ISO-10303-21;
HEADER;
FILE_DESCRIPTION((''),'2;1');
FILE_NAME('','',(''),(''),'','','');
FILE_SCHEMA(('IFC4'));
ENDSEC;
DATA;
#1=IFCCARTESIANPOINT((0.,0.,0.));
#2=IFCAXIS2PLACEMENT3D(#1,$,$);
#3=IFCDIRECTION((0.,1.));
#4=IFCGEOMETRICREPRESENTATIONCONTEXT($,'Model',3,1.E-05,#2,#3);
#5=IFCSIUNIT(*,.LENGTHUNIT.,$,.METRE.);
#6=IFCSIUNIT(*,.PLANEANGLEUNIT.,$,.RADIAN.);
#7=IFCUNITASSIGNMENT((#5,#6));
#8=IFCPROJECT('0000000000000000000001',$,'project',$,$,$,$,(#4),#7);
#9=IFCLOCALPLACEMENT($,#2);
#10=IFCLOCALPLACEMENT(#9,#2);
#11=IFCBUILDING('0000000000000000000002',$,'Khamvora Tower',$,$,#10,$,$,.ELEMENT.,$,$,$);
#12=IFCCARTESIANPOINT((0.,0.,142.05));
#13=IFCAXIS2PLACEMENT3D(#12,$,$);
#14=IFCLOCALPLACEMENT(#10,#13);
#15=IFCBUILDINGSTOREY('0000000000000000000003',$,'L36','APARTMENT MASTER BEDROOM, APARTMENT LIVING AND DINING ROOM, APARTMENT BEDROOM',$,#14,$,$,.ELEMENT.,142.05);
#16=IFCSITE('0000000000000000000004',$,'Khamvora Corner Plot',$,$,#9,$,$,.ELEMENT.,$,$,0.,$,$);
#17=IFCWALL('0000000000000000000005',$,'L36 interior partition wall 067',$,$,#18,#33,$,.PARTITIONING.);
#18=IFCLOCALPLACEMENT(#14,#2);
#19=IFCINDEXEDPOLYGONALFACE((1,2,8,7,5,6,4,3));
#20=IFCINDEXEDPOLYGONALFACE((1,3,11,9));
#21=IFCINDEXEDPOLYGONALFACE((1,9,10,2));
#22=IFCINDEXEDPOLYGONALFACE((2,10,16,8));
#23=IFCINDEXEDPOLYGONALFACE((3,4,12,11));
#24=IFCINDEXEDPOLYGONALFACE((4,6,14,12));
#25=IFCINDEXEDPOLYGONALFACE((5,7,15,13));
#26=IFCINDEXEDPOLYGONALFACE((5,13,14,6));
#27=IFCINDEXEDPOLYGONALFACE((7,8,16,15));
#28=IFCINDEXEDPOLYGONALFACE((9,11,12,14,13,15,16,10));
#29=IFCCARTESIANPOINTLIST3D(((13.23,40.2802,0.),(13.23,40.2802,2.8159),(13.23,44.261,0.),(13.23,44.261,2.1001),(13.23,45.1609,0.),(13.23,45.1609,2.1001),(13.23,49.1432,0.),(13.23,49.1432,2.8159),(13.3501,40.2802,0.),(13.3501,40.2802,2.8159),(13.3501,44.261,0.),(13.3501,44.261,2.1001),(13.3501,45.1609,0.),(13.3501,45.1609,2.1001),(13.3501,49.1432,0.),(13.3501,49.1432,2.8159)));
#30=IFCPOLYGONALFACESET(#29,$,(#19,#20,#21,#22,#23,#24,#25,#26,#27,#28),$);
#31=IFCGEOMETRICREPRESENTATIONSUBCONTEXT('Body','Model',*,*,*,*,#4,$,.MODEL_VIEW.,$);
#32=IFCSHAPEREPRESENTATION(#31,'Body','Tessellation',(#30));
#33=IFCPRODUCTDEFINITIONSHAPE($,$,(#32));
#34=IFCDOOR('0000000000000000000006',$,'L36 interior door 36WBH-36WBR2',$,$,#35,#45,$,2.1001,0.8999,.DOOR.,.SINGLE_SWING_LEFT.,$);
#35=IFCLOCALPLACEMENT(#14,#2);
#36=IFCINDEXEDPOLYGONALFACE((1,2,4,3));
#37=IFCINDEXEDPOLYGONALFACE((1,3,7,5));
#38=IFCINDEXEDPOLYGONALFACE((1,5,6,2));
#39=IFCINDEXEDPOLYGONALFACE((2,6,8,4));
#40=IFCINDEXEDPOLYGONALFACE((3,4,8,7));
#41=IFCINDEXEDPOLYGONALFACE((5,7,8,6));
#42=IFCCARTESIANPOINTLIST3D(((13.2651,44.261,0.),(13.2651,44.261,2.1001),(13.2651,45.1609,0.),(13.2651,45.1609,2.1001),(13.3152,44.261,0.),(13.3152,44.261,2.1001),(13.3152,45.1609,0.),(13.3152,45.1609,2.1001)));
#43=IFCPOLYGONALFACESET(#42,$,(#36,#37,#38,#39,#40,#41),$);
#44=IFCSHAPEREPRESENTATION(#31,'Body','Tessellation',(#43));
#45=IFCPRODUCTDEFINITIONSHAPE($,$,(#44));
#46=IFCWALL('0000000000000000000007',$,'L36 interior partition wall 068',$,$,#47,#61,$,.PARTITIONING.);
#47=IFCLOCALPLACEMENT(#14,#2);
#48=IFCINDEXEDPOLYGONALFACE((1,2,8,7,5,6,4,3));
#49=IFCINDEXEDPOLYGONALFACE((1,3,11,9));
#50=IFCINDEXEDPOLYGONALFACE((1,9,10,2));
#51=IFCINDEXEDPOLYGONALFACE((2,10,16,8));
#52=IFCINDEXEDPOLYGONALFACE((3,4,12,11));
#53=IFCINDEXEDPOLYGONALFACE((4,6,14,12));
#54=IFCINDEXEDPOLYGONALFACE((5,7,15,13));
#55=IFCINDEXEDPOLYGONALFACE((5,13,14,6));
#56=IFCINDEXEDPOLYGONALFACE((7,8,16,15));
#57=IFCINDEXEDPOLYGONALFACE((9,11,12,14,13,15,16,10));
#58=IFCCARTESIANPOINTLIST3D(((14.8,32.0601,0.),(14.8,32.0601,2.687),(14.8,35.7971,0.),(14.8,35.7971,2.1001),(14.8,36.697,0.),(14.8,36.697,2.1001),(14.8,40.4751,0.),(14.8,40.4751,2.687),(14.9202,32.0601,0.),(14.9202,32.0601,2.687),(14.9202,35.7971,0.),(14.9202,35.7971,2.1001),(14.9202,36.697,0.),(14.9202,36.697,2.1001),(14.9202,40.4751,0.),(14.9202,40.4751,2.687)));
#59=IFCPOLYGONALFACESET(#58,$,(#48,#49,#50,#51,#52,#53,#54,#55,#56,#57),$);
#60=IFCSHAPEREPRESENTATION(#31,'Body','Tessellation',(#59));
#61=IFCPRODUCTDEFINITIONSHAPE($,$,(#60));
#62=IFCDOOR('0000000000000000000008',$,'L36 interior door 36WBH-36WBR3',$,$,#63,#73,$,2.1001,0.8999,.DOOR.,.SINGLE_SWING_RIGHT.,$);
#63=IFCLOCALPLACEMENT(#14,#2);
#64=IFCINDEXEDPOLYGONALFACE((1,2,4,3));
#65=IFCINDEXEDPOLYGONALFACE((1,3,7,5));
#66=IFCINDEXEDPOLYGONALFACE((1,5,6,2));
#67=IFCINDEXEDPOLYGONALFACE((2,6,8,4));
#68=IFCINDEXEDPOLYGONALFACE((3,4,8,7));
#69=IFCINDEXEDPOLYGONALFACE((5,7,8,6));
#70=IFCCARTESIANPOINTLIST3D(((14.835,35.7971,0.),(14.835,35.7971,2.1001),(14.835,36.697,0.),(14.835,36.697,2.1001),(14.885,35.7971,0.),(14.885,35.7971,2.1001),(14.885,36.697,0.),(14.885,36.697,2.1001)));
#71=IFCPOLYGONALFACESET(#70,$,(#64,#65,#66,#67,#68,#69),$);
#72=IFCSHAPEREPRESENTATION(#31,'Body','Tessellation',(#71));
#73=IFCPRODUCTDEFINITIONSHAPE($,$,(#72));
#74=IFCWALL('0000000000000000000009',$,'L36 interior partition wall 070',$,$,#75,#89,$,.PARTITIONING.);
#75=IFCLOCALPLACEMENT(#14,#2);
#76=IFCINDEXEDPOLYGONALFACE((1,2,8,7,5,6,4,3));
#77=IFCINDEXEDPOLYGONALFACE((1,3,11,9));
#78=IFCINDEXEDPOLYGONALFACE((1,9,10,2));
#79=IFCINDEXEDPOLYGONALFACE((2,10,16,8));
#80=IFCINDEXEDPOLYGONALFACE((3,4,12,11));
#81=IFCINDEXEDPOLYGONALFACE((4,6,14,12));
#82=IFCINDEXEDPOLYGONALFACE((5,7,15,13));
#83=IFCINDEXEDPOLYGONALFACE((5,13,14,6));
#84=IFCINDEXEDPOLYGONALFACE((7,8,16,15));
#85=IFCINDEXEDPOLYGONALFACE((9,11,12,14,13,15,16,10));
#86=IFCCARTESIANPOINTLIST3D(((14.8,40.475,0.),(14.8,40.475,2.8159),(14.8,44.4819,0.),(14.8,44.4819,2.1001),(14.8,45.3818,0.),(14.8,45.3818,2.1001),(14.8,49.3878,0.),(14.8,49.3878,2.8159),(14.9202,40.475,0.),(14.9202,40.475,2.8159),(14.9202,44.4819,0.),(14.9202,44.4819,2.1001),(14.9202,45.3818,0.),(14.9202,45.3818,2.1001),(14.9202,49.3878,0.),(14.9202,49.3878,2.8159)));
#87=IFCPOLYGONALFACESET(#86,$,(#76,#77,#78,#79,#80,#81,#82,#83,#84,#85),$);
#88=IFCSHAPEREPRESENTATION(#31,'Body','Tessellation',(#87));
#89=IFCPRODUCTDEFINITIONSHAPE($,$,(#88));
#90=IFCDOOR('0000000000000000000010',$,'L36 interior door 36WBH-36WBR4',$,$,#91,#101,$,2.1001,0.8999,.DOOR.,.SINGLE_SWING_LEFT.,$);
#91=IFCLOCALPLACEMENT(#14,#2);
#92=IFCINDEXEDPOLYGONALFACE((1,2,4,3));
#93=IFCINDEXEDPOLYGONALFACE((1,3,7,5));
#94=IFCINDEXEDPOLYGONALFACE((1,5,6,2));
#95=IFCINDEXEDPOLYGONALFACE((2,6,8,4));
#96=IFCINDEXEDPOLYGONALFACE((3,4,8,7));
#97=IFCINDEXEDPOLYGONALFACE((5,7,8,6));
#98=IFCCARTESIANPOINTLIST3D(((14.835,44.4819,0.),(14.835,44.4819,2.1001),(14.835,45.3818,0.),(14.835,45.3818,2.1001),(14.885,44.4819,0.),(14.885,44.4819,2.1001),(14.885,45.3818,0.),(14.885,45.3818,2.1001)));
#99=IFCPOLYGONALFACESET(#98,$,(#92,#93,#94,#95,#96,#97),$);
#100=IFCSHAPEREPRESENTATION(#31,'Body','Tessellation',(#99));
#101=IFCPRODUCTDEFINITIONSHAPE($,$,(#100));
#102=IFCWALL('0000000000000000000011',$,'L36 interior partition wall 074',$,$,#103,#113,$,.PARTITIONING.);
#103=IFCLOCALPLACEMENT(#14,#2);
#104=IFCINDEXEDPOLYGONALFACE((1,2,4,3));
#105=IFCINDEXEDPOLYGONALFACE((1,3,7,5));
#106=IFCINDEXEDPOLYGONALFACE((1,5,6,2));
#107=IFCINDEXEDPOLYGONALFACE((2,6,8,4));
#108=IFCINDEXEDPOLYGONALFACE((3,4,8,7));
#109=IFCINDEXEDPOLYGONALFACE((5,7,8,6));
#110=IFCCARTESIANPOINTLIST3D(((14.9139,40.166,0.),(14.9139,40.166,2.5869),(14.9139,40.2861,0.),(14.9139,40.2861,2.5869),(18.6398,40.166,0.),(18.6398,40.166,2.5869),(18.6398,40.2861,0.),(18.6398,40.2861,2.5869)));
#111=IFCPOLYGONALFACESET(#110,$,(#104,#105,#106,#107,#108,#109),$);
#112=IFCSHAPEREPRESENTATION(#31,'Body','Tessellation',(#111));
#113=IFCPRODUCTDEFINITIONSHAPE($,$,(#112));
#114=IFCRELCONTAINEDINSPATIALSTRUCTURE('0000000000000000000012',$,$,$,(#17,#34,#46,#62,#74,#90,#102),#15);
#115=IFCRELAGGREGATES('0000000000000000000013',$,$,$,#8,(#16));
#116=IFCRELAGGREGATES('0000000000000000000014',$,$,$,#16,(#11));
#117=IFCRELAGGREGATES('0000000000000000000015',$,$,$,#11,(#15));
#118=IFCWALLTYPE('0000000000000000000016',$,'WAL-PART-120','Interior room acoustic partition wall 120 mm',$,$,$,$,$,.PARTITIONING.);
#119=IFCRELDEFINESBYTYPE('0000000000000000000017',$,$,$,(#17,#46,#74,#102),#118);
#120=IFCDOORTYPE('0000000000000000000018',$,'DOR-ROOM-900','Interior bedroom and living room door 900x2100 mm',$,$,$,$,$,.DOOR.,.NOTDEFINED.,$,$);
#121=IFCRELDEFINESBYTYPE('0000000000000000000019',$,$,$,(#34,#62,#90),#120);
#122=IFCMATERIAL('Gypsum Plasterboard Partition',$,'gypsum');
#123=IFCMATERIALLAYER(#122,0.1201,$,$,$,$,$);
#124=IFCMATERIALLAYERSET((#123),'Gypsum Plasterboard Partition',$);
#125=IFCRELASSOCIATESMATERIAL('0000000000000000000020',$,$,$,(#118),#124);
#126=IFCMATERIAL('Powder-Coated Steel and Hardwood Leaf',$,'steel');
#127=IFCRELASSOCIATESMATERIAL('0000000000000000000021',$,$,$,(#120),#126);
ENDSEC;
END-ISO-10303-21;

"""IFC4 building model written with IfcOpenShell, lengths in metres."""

from ifc_helpers import new_model, si_unit, direction, frame, frame_2d, origin, place, context, subcontext, project, spatial, rectangle, extrude, material, layer, layer_set, type_object, element, fill, save


model = new_model("IFC4")

# Units and contexts
model_context = context("Model", 3, precision=1e-05, world=origin(), true_north=direction((0.0, 1.0)))
body_context = subcontext(model_context, "Body", "Model", "MODEL_VIEW")
ifc_project = project(units=[si_unit("LENGTHUNIT", "METRE"), si_unit("PLANEANGLEUNIT", "RADIAN")], contexts=[model_context])

# Site, building, storey
site_placement = place(None, origin())
site = spatial("IfcSite", under=ifc_project, at=site_placement, Name="Khamvora Corner Plot", CompositionType="ELEMENT", RefElevation=0.0)
building_placement = place(site_placement, origin())
building = spatial("IfcBuilding", under=site, at=building_placement, Name="Khamvora Tower", CompositionType="ELEMENT")
storey_placement = place(building_placement, frame((0.0, 0.0, 142.05)))
storey = spatial("IfcBuildingStorey", under=building, at=storey_placement, Name="L36", Description="APARTMENT MASTER BEDROOM, APARTMENT LIVING AND DINING ROOM, APARTMENT BEDROOM", CompositionType="ELEMENT", Elevation=142.05)

# Walls, openings, doors
ifc_material_1 = material(Name="Gypsum Plasterboard Partition", Category="gypsum")
ifc_layer_1 = layer(ifc_material_1, 0.1201)
ifc_layer_set_1 = layer_set([ifc_layer_1], Name="Gypsum Plasterboard Partition")
wall_type_1 = type_object("IfcWallType", Name="WAL-PART-120", Description="Interior room acoustic partition wall 120 mm", PredefinedType="PARTITIONING", material=ifc_layer_set_1)
wall_1_placement = place(storey_placement, frame((13.29, 40.28, 0.0), z_axis=(0.0, 0.0, 1.0), x_axis=(0.0, 1.0, 0.0)))
wall_1 = element("IfcWall", 1, at=wall_1_placement, inside=storey, type_object=wall_type_1, Name="L36 interior partition wall 067", PredefinedType="PARTITIONING", context=body_context, shape_type="SweptSolid", body=[
    extrude(rectangle(XDim=8.863, YDim=0.1201, at=frame_2d((4.4316, 0.0))), origin(), (0.0, 0.0, 1.0), 2.8159),
])
opening_1_placement = place(wall_1_placement, frame((3.981, 0.0, 0.0)))
opening_1 = element("IfcOpeningElement", 2, at=opening_1_placement, cuts=wall_1, PredefinedType="OPENING", context=body_context, shape_type="SweptSolid", body=[
    extrude(rectangle(XDim=0.8999, YDim=2.1001, at=frame_2d((0.45, 1.05))), frame((0.0, 0.0701, 0.0), z_axis=(0.0, -1.0, 0.0), x_axis=(1.0, 0.0, 0.0)), (0.0, 0.0, 1.0), 0.1401),
])
ifc_material_2 = material(Name="Powder-Coated Steel and Hardwood Leaf", Category="steel")
door_type = type_object("IfcDoorType", Name="DOR-ROOM-900", Description="Interior bedroom and living room door 900x2100 mm", OperationType="NOTDEFINED", PredefinedType="DOOR", material=ifc_material_2)
door_1_placement = place(opening_1_placement, origin())
door_1 = element("IfcDoor", 3, at=door_1_placement, inside=storey, type_object=door_type, Name="L36 interior door 36WBH-36WBR2", OperationType="SINGLE_SWING_LEFT", OverallHeight=2.1001, OverallWidth=0.8999, PredefinedType="DOOR", context=body_context, shape_type="SweptSolid", body=[
    extrude(rectangle(XDim=0.8999, YDim=2.1001, at=frame_2d((0.45, 1.05))), frame((0.0, 0.0249, 0.0), z_axis=(0.0, -1.0, 0.0), x_axis=(1.0, 0.0, 0.0)), (0.0, 0.0, 1.0), 0.05),
])
fill(opening_1, door_1)
wall_2_placement = place(storey_placement, frame((14.8601, 40.4751, 0.0), z_axis=(0.0, 0.0, 1.0), x_axis=(0.0, -1.0, 0.0)))
wall_2 = element("IfcWall", 4, at=wall_2_placement, inside=storey, type_object=wall_type_1, Name="L36 interior partition wall 068", PredefinedType="PARTITIONING", context=body_context, shape_type="SweptSolid", body=[
    extrude(rectangle(XDim=8.415, YDim=0.1201, at=frame_2d((4.2075, 0.0))), origin(), (0.0, 0.0, 1.0), 2.687),
])
opening_2_placement = place(wall_2_placement, frame((3.7781, 0.0, 0.0)))
opening_2 = element("IfcOpeningElement", 5, at=opening_2_placement, cuts=wall_2, PredefinedType="OPENING", context=body_context, shape_type="SweptSolid", body=[
    extrude(rectangle(XDim=0.8999, YDim=2.1001, at=frame_2d((0.45, 1.05))), frame((0.0, 0.0701, 0.0), z_axis=(0.0, -1.0, 0.0), x_axis=(1.0, 0.0, 0.0)), (0.0, 0.0, 1.0), 0.1401),
])
door_2_placement = place(opening_2_placement, origin())
door_2 = element("IfcDoor", 6, at=door_2_placement, inside=storey, type_object=door_type, Name="L36 interior door 36WBH-36WBR3", OperationType="SINGLE_SWING_RIGHT", OverallHeight=2.1001, OverallWidth=0.8999, PredefinedType="DOOR", context=body_context, shape_type="SweptSolid", body=[
    extrude(rectangle(XDim=0.8999, YDim=2.1001, at=frame_2d((0.45, 1.05))), frame((0.0, 0.0249, 0.0), z_axis=(0.0, -1.0, 0.0), x_axis=(1.0, 0.0, 0.0)), (0.0, 0.0, 1.0), 0.05),
])
fill(opening_2, door_2)
wall_3_placement = place(storey_placement, frame((14.8601, 49.3879, 0.0), z_axis=(0.0, 0.0, 1.0), x_axis=(0.0, -1.0, 0.0)))
wall_3 = element("IfcWall", 7, at=wall_3_placement, inside=storey, type_object=wall_type_1, Name="L36 interior partition wall 070", PredefinedType="PARTITIONING", context=body_context, shape_type="SweptSolid", body=[
    extrude(rectangle(XDim=8.9128, YDim=0.1201, at=frame_2d((4.4565, 0.0))), origin(), (0.0, 0.0, 1.0), 2.8159),
])
opening_3_placement = place(wall_3_placement, frame((4.0061, 0.0, 0.0)))
opening_3 = element("IfcOpeningElement", 8, at=opening_3_placement, cuts=wall_3, PredefinedType="OPENING", context=body_context, shape_type="SweptSolid", body=[
    extrude(rectangle(XDim=0.8999, YDim=2.1001, at=frame_2d((0.45, 1.05))), frame((0.0, 0.0701, 0.0), z_axis=(0.0, -1.0, 0.0), x_axis=(1.0, 0.0, 0.0)), (0.0, 0.0, 1.0), 0.1401),
])
door_3_placement = place(opening_3_placement, origin())
door_3 = element("IfcDoor", 9, at=door_3_placement, inside=storey, type_object=door_type, Name="L36 interior door 36WBH-36WBR4", OperationType="SINGLE_SWING_LEFT", OverallHeight=2.1001, OverallWidth=0.8999, PredefinedType="DOOR", context=body_context, shape_type="SweptSolid", body=[
    extrude(rectangle(XDim=0.8999, YDim=2.1001, at=frame_2d((0.45, 1.05))), frame((0.0, 0.0249, 0.0), z_axis=(0.0, -1.0, 0.0), x_axis=(1.0, 0.0, 0.0)), (0.0, 0.0, 1.0), 0.05),
])
fill(opening_3, door_3)

# Wall
wall_4_placement = place(storey_placement, frame((14.9141, 40.2261, 0.0), z_axis=(0.0, 0.0, 1.0), x_axis=(1.0, 0.0, 0.0)))
element("IfcWall", 10, at=wall_4_placement, inside=storey, type_object=wall_type_1, Name="L36 interior partition wall 074", PredefinedType="PARTITIONING", context=body_context, shape_type="SweptSolid", body=[
    extrude(rectangle(XDim=3.7258, YDim=0.1201, at=frame_2d((1.8628, 0.0))), origin(), (0.0, 0.0, 1.0), 2.5869),
])

save(model, "model.ifc")
